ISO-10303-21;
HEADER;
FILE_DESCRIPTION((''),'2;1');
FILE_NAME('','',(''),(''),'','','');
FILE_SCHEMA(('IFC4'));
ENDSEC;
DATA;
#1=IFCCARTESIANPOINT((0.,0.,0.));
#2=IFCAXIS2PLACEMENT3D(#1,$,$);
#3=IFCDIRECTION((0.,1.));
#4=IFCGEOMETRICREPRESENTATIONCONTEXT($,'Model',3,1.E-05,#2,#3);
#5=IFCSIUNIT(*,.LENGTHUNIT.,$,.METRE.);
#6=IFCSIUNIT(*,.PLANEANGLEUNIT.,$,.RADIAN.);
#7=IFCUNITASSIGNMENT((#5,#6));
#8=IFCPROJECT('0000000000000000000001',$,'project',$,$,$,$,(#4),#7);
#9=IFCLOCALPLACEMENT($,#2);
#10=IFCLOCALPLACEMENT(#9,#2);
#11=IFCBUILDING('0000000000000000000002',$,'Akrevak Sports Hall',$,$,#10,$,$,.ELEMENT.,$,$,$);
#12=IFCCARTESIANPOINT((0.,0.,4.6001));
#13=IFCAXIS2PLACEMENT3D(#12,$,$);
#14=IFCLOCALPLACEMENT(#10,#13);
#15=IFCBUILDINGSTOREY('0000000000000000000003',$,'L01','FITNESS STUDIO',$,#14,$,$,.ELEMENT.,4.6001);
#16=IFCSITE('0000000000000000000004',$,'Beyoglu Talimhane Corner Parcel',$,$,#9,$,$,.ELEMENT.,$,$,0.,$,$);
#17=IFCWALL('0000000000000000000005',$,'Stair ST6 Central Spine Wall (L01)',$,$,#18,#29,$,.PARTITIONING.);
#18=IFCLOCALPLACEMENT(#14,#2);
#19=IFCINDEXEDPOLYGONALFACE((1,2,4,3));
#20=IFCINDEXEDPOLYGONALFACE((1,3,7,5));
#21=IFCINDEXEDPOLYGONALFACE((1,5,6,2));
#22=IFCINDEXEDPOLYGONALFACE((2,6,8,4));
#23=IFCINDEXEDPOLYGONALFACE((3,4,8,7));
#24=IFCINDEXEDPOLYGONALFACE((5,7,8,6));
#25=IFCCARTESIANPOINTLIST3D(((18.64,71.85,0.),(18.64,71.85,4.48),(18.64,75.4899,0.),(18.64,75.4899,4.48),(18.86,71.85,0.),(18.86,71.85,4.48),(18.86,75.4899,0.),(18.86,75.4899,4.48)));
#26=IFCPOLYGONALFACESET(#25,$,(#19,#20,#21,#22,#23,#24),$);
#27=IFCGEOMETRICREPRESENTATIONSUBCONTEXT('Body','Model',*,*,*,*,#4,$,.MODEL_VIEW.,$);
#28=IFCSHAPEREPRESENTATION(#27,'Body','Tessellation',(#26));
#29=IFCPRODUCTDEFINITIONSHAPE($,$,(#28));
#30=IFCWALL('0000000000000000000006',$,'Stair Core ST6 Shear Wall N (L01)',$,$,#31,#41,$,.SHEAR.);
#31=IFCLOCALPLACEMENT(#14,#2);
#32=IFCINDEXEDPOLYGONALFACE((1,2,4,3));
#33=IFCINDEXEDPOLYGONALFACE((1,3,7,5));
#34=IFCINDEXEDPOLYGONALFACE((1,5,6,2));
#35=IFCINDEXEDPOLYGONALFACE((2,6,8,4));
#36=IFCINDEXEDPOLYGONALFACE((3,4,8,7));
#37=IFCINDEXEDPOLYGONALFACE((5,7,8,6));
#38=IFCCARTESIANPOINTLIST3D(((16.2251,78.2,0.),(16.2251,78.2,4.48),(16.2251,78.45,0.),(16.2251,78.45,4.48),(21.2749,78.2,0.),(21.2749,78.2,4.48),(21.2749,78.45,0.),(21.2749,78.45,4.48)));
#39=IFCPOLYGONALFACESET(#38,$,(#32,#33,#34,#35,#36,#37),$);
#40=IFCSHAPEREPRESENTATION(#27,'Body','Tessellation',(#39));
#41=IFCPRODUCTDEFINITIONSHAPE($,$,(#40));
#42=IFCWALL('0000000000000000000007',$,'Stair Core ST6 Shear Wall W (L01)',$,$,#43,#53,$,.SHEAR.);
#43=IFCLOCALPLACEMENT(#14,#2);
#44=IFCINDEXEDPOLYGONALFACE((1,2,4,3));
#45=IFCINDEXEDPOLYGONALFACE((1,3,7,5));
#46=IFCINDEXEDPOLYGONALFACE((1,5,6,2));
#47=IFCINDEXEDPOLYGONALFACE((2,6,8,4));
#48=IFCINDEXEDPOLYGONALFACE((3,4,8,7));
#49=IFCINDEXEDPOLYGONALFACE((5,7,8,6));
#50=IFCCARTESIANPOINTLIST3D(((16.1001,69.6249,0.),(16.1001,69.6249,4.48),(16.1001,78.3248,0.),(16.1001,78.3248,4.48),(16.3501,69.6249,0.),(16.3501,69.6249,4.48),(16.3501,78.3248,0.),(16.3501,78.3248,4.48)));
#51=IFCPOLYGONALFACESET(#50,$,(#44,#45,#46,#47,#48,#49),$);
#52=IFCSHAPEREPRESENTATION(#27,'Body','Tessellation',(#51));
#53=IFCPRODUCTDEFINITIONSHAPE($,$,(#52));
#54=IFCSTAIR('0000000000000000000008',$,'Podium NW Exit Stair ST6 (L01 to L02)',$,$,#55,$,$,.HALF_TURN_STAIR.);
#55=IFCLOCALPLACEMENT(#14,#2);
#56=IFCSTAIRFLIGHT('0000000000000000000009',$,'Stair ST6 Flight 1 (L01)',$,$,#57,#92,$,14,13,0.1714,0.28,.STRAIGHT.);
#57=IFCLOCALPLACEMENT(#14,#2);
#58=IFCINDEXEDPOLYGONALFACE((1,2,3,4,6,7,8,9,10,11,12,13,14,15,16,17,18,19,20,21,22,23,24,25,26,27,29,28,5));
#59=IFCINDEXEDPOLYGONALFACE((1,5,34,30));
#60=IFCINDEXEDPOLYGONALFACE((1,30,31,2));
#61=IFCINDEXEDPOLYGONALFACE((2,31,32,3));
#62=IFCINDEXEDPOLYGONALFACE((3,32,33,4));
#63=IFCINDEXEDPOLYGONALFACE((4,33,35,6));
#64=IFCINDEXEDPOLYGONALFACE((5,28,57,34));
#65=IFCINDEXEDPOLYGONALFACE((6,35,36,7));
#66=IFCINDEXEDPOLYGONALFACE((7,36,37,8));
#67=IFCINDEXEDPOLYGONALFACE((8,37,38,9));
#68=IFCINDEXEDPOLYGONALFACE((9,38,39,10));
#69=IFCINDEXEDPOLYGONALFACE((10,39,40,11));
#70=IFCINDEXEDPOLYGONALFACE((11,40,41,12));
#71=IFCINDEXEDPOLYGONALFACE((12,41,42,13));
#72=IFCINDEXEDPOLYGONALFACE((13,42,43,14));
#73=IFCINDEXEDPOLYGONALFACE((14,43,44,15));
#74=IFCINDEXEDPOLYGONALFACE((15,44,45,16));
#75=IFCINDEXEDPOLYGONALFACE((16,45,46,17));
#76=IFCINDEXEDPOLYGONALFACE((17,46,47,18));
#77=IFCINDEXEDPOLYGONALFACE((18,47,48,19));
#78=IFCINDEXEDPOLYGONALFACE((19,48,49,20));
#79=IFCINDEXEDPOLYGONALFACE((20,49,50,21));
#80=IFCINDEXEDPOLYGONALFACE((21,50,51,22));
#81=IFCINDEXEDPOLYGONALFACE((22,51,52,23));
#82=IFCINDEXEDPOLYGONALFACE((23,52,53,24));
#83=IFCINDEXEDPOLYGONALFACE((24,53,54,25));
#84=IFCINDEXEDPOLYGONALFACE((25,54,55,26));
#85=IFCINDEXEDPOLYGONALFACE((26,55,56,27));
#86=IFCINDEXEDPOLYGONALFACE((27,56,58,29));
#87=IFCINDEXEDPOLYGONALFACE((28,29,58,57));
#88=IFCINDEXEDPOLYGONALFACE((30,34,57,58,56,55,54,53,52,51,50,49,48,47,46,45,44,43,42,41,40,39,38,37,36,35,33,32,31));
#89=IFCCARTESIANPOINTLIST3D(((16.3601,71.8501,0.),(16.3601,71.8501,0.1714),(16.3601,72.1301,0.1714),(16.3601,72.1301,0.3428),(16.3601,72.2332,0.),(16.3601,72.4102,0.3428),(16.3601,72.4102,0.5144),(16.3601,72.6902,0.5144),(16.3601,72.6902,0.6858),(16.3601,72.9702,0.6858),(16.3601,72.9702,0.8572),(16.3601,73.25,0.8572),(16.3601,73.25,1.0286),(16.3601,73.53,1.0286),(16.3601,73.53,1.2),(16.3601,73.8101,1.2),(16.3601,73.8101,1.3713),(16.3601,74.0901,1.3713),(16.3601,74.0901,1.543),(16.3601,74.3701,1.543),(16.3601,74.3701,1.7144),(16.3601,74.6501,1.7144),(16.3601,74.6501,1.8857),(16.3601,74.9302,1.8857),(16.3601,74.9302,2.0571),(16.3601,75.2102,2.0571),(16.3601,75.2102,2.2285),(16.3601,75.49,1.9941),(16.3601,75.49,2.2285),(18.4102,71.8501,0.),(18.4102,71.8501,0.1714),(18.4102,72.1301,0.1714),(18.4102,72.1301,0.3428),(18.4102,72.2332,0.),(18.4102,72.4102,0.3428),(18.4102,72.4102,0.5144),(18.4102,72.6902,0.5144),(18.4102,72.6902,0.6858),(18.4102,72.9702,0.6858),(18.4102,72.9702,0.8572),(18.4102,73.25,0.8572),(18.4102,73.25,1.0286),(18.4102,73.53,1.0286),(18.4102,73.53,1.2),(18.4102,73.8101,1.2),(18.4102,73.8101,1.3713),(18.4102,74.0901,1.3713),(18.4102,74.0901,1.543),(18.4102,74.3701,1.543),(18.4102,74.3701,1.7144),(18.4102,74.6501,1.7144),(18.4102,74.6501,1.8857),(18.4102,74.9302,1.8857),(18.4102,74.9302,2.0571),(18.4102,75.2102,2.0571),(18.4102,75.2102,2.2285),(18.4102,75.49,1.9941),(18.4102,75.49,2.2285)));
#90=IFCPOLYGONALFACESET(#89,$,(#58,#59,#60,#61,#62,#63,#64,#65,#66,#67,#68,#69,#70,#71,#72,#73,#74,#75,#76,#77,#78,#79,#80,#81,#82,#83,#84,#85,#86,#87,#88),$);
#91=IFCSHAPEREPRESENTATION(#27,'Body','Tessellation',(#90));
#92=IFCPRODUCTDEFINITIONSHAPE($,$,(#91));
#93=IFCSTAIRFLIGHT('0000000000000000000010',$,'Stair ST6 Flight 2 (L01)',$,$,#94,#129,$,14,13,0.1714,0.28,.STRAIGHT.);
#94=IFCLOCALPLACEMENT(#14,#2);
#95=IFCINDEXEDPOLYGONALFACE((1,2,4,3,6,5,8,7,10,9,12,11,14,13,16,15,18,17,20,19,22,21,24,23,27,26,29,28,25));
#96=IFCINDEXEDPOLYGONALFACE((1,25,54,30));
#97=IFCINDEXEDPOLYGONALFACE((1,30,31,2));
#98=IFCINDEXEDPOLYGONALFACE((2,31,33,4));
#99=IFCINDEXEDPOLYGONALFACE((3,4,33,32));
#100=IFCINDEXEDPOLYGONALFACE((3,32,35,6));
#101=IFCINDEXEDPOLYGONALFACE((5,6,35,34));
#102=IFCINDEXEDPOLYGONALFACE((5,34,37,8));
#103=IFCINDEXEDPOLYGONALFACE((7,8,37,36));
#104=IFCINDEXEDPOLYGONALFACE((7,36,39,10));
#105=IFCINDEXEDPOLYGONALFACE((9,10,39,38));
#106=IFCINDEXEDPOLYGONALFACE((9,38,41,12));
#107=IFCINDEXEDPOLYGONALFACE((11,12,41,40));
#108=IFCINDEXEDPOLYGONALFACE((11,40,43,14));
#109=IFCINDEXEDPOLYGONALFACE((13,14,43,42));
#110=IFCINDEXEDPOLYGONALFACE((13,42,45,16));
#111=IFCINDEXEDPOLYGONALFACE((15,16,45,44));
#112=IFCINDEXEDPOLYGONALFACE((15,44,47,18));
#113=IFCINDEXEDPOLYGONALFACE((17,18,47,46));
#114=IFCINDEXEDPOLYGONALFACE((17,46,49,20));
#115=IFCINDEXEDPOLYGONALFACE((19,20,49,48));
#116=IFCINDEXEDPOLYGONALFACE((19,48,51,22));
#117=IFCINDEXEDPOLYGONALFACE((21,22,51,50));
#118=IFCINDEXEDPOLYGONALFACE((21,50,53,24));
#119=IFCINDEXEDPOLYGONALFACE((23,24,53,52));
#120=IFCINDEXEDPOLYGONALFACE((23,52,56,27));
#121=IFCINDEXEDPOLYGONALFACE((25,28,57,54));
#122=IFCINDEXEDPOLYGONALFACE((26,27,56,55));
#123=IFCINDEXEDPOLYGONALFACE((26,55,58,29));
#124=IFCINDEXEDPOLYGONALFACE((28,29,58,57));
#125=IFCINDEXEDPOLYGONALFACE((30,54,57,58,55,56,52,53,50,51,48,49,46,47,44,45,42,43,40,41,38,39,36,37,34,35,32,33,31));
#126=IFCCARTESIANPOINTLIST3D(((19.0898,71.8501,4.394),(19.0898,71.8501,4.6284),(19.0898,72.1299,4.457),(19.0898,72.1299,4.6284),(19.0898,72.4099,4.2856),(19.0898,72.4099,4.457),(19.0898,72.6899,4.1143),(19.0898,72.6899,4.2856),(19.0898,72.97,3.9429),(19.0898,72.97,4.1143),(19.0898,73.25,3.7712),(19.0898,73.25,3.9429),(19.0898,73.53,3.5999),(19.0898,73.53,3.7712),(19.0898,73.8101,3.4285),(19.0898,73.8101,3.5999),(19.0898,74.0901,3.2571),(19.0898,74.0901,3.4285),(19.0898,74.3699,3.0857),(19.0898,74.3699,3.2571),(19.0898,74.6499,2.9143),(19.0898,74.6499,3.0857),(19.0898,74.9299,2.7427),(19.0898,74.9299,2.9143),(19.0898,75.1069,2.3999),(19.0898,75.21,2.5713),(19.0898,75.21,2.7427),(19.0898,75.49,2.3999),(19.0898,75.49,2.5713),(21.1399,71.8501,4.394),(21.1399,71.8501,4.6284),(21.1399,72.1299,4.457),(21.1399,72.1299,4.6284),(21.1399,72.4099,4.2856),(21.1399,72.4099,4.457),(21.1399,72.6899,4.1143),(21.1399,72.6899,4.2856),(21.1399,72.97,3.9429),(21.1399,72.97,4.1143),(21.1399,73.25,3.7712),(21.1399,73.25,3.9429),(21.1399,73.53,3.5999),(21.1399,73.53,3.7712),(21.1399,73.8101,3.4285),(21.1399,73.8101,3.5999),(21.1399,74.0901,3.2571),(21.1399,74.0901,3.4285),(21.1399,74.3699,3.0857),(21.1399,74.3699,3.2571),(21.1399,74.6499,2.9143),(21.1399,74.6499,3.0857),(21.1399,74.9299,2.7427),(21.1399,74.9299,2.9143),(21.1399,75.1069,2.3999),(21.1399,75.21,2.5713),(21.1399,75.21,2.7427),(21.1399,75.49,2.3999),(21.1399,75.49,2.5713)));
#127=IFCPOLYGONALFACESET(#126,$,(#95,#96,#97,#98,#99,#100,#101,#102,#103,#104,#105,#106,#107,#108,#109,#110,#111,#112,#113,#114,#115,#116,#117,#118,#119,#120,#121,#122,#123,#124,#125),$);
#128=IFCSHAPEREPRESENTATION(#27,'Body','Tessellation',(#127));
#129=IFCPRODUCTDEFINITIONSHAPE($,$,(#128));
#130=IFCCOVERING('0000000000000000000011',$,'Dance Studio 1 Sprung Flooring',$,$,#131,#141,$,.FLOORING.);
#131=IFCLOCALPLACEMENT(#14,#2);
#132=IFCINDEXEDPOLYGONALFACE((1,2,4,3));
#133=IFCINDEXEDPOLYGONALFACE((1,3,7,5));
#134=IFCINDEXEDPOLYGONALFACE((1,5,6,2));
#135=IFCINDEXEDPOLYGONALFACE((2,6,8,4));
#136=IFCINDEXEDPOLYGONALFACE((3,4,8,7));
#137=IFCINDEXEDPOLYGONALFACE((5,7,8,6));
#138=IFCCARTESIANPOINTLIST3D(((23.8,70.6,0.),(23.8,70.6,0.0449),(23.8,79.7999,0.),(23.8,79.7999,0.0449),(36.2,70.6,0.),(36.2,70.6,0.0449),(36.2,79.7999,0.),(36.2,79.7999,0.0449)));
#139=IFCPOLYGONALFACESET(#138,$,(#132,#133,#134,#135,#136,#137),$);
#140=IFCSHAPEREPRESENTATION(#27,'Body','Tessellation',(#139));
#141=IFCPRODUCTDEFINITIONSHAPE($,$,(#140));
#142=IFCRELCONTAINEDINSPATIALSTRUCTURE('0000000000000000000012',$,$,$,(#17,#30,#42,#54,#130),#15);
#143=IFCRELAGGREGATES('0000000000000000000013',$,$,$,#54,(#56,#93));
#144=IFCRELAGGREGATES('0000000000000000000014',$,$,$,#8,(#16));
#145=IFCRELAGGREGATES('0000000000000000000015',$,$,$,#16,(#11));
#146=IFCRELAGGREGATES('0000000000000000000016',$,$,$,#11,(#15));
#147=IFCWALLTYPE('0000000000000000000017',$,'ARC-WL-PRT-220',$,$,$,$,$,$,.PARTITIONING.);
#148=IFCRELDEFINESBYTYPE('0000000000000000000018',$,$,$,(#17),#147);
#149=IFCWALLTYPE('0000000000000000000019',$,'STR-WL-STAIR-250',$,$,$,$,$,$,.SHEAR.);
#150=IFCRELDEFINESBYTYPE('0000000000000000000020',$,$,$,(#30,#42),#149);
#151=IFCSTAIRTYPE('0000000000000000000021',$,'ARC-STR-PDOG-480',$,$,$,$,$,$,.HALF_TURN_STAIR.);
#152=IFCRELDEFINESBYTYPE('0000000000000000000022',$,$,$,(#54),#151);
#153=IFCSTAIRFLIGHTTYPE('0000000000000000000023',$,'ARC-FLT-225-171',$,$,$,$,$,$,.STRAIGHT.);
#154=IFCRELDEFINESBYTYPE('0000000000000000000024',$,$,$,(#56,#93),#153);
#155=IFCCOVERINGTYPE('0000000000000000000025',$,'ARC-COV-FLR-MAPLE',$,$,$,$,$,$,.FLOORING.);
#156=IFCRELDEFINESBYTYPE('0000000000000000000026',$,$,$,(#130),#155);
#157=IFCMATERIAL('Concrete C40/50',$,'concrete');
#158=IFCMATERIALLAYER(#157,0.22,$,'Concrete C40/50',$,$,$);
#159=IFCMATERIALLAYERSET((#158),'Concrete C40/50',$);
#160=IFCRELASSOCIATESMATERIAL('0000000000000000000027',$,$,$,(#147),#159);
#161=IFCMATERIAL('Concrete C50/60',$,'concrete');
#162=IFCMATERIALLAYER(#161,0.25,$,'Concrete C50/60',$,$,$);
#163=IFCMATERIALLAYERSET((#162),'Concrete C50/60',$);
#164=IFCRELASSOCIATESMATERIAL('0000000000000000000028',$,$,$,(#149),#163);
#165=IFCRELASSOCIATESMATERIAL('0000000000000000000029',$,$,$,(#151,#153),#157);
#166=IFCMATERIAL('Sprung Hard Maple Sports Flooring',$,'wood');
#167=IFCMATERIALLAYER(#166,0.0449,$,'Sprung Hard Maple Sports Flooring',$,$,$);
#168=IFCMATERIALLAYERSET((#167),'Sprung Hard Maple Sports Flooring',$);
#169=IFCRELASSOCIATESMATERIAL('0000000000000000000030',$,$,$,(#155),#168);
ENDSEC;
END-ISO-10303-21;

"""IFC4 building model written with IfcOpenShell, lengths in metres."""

from ifc_helpers import new_model, si_unit, direction, frame, frame_2d, origin, origin_2d, place, context, subcontext, project, spatial, polyline, rectangle, outline, extrude, material, layer, layer_set, type_object, element, aggregate, save


model = new_model("IFC4")

# Units and contexts
model_context = context("Model", 3, precision=1e-05, world=origin(), true_north=direction((0.0, 1.0)))
body_context = subcontext(model_context, "Body", "Model", "MODEL_VIEW")
ifc_project = project(units=[si_unit("LENGTHUNIT", "METRE"), si_unit("PLANEANGLEUNIT", "RADIAN")], contexts=[model_context])

# Site, building, storey
site_placement = place(None, origin())
site = spatial("IfcSite", under=ifc_project, at=site_placement, Name="Beyoglu Talimhane Corner Parcel", CompositionType="ELEMENT", RefElevation=0.0)
building_placement = place(site_placement, origin())
building = spatial("IfcBuilding", under=site, at=building_placement, Name="Akrevak Sports Hall", CompositionType="ELEMENT")
storey_placement = place(building_placement, frame((0.0, 0.0, 4.6001)))
storey = spatial("IfcBuildingStorey", under=building, at=storey_placement, Name="L01", Description="FITNESS STUDIO", CompositionType="ELEMENT", Elevation=4.6001)

# Walls
ifc_material_1 = material(Name="Concrete C40/50", Category="concrete")
ifc_layer_1 = layer(ifc_material_1, 0.22, Name="Concrete C40/50")
ifc_layer_set_1 = layer_set([ifc_layer_1], Name="Concrete C40/50")
wall_type_1 = type_object("IfcWallType", Name="ARC-WL-PRT-220", PredefinedType="PARTITIONING", material=ifc_layer_set_1)
wall_1_placement = place(storey_placement, frame((18.75, 71.8501, 0.0), z_axis=(0.0, 0.0, 1.0), x_axis=(0.0, 1.0, 0.0)))
element("IfcWall", 1, at=wall_1_placement, inside=storey, type_object=wall_type_1, Name="Stair ST6 Central Spine Wall (L01)", PredefinedType="PARTITIONING", context=body_context, shape_type="SweptSolid", body=[
    extrude(rectangle(XDim=3.6399, YDim=0.22, at=frame_2d((1.8198, 0.0))), origin(), (0.0, 0.0, 1.0), 4.48),
])
ifc_material_2 = material(Name="Concrete C50/60", Category="concrete")
ifc_layer_2 = layer(ifc_material_2, 0.25, Name="Concrete C50/60")
ifc_layer_set_2 = layer_set([ifc_layer_2], Name="Concrete C50/60")
wall_type_2 = type_object("IfcWallType", Name="STR-WL-STAIR-250", PredefinedType="SHEAR", material=ifc_layer_set_2)
wall_2_placement = place(storey_placement, frame((21.2749, 78.325, 0.0), z_axis=(0.0, 0.0, 1.0), x_axis=(-1.0, 0.0, 0.0)))
element("IfcWall", 2, at=wall_2_placement, inside=storey, type_object=wall_type_2, Name="Stair Core ST6 Shear Wall N (L01)", PredefinedType="SHEAR", context=body_context, shape_type="SweptSolid", body=[
    extrude(rectangle(XDim=5.0498, YDim=0.25, at=frame_2d((2.5249, 0.0))), origin(), (0.0, 0.0, 1.0), 4.48),
])
wall_3_placement = place(storey_placement, frame((16.2251, 78.325, 0.0), z_axis=(0.0, 0.0, 1.0), x_axis=(0.0, -1.0, 0.0)))
element("IfcWall", 3, at=wall_3_placement, inside=storey, type_object=wall_type_2, Name="Stair Core ST6 Shear Wall W (L01)", PredefinedType="SHEAR", context=body_context, shape_type="SweptSolid", body=[
    extrude(rectangle(XDim=8.7, YDim=0.25, at=frame_2d((4.3501, 0.0))), origin(), (0.0, 0.0, 1.0), 4.48),
])

# Stair, stair flights
stair_type = type_object("IfcStairType", Name="ARC-STR-PDOG-480", PredefinedType="HALF_TURN_STAIR", material=ifc_material_1)
stair_placement = place(storey_placement, origin())
stair = element("IfcStair", 4, at=stair_placement, inside=storey, type_object=stair_type, Name="Podium NW Exit Stair ST6 (L01 to L02)", PredefinedType="HALF_TURN_STAIR")
stair_flight_type = type_object("IfcStairFlightType", Name="ARC-FLT-225-171", PredefinedType="STRAIGHT", material=ifc_material_1)
stair_flight_1_placement = place(storey_placement, frame((17.385, 71.8501, 0.0), z_axis=(0.0, 0.0, 1.0), x_axis=(0.0, 1.0, 0.0)))
stair_flight_1 = element("IfcStairFlight", 5, at=stair_flight_1_placement, type_object=stair_flight_type, Name="Stair ST6 Flight 1 (L01)", NumberOfRisers=14, NumberOfTreads=13, PredefinedType="STRAIGHT", RiserHeight=0.1714, TreadLength=0.28, context=body_context, shape_type="SweptSolid", body=[
    extrude(outline(polyline([(0.0, 0.0), (0.0, 0.1714), (0.28, 0.1714), (0.28, 0.3428), (0.5601, 0.3428), (0.5601, 0.5144), (0.8401, 0.5144), (0.8401, 0.6858), (1.1201, 0.6858), (1.1201, 0.8572), (1.3999, 0.8572), (1.3999, 1.0286), (1.6799, 1.0286), (1.6799, 1.2), (1.96, 1.2), (1.96, 1.3713), (2.24, 1.3713), (2.24, 1.543), (2.52, 1.543), (2.52, 1.7144), (2.8, 1.7144), (2.8, 1.8857), (3.0801, 1.8857), (3.0801, 2.0571), (3.3601, 2.0571), (3.3601, 2.2285), (3.6399, 2.2285), (3.6399, 2.3999), (3.6399, 1.9941), (0.3831, 0.0), (0.0, 0.0)])), frame((0.0, 1.0249, 0.0), z_axis=(0.0, -1.0, 0.0), x_axis=(1.0, 0.0, 0.0)), (0.0, 0.0, 1.0), 2.05),
])
stair_flight_2_placement = place(storey_placement, frame((20.115, 75.49, 2.3999), z_axis=(0.0, 0.0, 1.0), x_axis=(0.0, -1.0, 0.0)))
stair_flight_2 = element("IfcStairFlight", 6, at=stair_flight_2_placement, type_object=stair_flight_type, Name="Stair ST6 Flight 2 (L01)", NumberOfRisers=14, NumberOfTreads=13, PredefinedType="STRAIGHT", RiserHeight=0.1714, TreadLength=0.28, context=body_context, shape_type="SweptSolid", body=[
    extrude(outline(polyline([(0.0, 0.0), (0.0, 0.1714), (0.28, 0.1714), (0.28, 0.3428), (0.5601, 0.3428), (0.5601, 0.5144), (0.8401, 0.5144), (0.8401, 0.6858), (1.1201, 0.6858), (1.1201, 0.8572), (1.3999, 0.8572), (1.3999, 1.0286), (1.6799, 1.0286), (1.6799, 1.2), (1.96, 1.2), (1.96, 1.3713), (2.24, 1.3713), (2.24, 1.543), (2.52, 1.543), (2.52, 1.7144), (2.8, 1.7144), (2.8, 1.8857), (3.0801, 1.8857), (3.0801, 2.0571), (3.3601, 2.0571), (3.3601, 2.2285), (3.6399, 2.2285), (3.6399, 2.3999), (3.6399, 1.9941), (0.3831, 0.0), (0.0, 0.0)])), frame((0.0, 1.0249, 0.0), z_axis=(0.0, -1.0, 0.0), x_axis=(1.0, 0.0, 0.0)), (0.0, 0.0, 1.0), 2.05),
])
aggregate(stair, [stair_flight_1, stair_flight_2])

# Covering
ifc_material_3 = material(Name="Sprung Hard Maple Sports Flooring", Category="wood")
ifc_layer_3 = layer(ifc_material_3, 0.0449, Name="Sprung Hard Maple Sports Flooring")
ifc_layer_set_3 = layer_set([ifc_layer_3], Name="Sprung Hard Maple Sports Flooring")
covering_type = type_object("IfcCoveringType", Name="ARC-COV-FLR-MAPLE", PredefinedType="FLOORING", material=ifc_layer_set_3)
covering_placement = place(storey_placement, frame((30.0, 75.2, 0.0), z_axis=(0.0, 0.0, 1.0), x_axis=(1.0, 0.0, 0.0)))
element("IfcCovering", 7, at=covering_placement, inside=storey, type_object=covering_type, Name="Dance Studio 1 Sprung Flooring", PredefinedType="FLOORING", context=body_context, shape_type="SweptSolid", body=[
    extrude(rectangle(XDim=12.3999, YDim=9.2, at=origin_2d()), origin(), (0.0, 0.0, 1.0), 0.0449),
])

save(model, "model.ifc")
